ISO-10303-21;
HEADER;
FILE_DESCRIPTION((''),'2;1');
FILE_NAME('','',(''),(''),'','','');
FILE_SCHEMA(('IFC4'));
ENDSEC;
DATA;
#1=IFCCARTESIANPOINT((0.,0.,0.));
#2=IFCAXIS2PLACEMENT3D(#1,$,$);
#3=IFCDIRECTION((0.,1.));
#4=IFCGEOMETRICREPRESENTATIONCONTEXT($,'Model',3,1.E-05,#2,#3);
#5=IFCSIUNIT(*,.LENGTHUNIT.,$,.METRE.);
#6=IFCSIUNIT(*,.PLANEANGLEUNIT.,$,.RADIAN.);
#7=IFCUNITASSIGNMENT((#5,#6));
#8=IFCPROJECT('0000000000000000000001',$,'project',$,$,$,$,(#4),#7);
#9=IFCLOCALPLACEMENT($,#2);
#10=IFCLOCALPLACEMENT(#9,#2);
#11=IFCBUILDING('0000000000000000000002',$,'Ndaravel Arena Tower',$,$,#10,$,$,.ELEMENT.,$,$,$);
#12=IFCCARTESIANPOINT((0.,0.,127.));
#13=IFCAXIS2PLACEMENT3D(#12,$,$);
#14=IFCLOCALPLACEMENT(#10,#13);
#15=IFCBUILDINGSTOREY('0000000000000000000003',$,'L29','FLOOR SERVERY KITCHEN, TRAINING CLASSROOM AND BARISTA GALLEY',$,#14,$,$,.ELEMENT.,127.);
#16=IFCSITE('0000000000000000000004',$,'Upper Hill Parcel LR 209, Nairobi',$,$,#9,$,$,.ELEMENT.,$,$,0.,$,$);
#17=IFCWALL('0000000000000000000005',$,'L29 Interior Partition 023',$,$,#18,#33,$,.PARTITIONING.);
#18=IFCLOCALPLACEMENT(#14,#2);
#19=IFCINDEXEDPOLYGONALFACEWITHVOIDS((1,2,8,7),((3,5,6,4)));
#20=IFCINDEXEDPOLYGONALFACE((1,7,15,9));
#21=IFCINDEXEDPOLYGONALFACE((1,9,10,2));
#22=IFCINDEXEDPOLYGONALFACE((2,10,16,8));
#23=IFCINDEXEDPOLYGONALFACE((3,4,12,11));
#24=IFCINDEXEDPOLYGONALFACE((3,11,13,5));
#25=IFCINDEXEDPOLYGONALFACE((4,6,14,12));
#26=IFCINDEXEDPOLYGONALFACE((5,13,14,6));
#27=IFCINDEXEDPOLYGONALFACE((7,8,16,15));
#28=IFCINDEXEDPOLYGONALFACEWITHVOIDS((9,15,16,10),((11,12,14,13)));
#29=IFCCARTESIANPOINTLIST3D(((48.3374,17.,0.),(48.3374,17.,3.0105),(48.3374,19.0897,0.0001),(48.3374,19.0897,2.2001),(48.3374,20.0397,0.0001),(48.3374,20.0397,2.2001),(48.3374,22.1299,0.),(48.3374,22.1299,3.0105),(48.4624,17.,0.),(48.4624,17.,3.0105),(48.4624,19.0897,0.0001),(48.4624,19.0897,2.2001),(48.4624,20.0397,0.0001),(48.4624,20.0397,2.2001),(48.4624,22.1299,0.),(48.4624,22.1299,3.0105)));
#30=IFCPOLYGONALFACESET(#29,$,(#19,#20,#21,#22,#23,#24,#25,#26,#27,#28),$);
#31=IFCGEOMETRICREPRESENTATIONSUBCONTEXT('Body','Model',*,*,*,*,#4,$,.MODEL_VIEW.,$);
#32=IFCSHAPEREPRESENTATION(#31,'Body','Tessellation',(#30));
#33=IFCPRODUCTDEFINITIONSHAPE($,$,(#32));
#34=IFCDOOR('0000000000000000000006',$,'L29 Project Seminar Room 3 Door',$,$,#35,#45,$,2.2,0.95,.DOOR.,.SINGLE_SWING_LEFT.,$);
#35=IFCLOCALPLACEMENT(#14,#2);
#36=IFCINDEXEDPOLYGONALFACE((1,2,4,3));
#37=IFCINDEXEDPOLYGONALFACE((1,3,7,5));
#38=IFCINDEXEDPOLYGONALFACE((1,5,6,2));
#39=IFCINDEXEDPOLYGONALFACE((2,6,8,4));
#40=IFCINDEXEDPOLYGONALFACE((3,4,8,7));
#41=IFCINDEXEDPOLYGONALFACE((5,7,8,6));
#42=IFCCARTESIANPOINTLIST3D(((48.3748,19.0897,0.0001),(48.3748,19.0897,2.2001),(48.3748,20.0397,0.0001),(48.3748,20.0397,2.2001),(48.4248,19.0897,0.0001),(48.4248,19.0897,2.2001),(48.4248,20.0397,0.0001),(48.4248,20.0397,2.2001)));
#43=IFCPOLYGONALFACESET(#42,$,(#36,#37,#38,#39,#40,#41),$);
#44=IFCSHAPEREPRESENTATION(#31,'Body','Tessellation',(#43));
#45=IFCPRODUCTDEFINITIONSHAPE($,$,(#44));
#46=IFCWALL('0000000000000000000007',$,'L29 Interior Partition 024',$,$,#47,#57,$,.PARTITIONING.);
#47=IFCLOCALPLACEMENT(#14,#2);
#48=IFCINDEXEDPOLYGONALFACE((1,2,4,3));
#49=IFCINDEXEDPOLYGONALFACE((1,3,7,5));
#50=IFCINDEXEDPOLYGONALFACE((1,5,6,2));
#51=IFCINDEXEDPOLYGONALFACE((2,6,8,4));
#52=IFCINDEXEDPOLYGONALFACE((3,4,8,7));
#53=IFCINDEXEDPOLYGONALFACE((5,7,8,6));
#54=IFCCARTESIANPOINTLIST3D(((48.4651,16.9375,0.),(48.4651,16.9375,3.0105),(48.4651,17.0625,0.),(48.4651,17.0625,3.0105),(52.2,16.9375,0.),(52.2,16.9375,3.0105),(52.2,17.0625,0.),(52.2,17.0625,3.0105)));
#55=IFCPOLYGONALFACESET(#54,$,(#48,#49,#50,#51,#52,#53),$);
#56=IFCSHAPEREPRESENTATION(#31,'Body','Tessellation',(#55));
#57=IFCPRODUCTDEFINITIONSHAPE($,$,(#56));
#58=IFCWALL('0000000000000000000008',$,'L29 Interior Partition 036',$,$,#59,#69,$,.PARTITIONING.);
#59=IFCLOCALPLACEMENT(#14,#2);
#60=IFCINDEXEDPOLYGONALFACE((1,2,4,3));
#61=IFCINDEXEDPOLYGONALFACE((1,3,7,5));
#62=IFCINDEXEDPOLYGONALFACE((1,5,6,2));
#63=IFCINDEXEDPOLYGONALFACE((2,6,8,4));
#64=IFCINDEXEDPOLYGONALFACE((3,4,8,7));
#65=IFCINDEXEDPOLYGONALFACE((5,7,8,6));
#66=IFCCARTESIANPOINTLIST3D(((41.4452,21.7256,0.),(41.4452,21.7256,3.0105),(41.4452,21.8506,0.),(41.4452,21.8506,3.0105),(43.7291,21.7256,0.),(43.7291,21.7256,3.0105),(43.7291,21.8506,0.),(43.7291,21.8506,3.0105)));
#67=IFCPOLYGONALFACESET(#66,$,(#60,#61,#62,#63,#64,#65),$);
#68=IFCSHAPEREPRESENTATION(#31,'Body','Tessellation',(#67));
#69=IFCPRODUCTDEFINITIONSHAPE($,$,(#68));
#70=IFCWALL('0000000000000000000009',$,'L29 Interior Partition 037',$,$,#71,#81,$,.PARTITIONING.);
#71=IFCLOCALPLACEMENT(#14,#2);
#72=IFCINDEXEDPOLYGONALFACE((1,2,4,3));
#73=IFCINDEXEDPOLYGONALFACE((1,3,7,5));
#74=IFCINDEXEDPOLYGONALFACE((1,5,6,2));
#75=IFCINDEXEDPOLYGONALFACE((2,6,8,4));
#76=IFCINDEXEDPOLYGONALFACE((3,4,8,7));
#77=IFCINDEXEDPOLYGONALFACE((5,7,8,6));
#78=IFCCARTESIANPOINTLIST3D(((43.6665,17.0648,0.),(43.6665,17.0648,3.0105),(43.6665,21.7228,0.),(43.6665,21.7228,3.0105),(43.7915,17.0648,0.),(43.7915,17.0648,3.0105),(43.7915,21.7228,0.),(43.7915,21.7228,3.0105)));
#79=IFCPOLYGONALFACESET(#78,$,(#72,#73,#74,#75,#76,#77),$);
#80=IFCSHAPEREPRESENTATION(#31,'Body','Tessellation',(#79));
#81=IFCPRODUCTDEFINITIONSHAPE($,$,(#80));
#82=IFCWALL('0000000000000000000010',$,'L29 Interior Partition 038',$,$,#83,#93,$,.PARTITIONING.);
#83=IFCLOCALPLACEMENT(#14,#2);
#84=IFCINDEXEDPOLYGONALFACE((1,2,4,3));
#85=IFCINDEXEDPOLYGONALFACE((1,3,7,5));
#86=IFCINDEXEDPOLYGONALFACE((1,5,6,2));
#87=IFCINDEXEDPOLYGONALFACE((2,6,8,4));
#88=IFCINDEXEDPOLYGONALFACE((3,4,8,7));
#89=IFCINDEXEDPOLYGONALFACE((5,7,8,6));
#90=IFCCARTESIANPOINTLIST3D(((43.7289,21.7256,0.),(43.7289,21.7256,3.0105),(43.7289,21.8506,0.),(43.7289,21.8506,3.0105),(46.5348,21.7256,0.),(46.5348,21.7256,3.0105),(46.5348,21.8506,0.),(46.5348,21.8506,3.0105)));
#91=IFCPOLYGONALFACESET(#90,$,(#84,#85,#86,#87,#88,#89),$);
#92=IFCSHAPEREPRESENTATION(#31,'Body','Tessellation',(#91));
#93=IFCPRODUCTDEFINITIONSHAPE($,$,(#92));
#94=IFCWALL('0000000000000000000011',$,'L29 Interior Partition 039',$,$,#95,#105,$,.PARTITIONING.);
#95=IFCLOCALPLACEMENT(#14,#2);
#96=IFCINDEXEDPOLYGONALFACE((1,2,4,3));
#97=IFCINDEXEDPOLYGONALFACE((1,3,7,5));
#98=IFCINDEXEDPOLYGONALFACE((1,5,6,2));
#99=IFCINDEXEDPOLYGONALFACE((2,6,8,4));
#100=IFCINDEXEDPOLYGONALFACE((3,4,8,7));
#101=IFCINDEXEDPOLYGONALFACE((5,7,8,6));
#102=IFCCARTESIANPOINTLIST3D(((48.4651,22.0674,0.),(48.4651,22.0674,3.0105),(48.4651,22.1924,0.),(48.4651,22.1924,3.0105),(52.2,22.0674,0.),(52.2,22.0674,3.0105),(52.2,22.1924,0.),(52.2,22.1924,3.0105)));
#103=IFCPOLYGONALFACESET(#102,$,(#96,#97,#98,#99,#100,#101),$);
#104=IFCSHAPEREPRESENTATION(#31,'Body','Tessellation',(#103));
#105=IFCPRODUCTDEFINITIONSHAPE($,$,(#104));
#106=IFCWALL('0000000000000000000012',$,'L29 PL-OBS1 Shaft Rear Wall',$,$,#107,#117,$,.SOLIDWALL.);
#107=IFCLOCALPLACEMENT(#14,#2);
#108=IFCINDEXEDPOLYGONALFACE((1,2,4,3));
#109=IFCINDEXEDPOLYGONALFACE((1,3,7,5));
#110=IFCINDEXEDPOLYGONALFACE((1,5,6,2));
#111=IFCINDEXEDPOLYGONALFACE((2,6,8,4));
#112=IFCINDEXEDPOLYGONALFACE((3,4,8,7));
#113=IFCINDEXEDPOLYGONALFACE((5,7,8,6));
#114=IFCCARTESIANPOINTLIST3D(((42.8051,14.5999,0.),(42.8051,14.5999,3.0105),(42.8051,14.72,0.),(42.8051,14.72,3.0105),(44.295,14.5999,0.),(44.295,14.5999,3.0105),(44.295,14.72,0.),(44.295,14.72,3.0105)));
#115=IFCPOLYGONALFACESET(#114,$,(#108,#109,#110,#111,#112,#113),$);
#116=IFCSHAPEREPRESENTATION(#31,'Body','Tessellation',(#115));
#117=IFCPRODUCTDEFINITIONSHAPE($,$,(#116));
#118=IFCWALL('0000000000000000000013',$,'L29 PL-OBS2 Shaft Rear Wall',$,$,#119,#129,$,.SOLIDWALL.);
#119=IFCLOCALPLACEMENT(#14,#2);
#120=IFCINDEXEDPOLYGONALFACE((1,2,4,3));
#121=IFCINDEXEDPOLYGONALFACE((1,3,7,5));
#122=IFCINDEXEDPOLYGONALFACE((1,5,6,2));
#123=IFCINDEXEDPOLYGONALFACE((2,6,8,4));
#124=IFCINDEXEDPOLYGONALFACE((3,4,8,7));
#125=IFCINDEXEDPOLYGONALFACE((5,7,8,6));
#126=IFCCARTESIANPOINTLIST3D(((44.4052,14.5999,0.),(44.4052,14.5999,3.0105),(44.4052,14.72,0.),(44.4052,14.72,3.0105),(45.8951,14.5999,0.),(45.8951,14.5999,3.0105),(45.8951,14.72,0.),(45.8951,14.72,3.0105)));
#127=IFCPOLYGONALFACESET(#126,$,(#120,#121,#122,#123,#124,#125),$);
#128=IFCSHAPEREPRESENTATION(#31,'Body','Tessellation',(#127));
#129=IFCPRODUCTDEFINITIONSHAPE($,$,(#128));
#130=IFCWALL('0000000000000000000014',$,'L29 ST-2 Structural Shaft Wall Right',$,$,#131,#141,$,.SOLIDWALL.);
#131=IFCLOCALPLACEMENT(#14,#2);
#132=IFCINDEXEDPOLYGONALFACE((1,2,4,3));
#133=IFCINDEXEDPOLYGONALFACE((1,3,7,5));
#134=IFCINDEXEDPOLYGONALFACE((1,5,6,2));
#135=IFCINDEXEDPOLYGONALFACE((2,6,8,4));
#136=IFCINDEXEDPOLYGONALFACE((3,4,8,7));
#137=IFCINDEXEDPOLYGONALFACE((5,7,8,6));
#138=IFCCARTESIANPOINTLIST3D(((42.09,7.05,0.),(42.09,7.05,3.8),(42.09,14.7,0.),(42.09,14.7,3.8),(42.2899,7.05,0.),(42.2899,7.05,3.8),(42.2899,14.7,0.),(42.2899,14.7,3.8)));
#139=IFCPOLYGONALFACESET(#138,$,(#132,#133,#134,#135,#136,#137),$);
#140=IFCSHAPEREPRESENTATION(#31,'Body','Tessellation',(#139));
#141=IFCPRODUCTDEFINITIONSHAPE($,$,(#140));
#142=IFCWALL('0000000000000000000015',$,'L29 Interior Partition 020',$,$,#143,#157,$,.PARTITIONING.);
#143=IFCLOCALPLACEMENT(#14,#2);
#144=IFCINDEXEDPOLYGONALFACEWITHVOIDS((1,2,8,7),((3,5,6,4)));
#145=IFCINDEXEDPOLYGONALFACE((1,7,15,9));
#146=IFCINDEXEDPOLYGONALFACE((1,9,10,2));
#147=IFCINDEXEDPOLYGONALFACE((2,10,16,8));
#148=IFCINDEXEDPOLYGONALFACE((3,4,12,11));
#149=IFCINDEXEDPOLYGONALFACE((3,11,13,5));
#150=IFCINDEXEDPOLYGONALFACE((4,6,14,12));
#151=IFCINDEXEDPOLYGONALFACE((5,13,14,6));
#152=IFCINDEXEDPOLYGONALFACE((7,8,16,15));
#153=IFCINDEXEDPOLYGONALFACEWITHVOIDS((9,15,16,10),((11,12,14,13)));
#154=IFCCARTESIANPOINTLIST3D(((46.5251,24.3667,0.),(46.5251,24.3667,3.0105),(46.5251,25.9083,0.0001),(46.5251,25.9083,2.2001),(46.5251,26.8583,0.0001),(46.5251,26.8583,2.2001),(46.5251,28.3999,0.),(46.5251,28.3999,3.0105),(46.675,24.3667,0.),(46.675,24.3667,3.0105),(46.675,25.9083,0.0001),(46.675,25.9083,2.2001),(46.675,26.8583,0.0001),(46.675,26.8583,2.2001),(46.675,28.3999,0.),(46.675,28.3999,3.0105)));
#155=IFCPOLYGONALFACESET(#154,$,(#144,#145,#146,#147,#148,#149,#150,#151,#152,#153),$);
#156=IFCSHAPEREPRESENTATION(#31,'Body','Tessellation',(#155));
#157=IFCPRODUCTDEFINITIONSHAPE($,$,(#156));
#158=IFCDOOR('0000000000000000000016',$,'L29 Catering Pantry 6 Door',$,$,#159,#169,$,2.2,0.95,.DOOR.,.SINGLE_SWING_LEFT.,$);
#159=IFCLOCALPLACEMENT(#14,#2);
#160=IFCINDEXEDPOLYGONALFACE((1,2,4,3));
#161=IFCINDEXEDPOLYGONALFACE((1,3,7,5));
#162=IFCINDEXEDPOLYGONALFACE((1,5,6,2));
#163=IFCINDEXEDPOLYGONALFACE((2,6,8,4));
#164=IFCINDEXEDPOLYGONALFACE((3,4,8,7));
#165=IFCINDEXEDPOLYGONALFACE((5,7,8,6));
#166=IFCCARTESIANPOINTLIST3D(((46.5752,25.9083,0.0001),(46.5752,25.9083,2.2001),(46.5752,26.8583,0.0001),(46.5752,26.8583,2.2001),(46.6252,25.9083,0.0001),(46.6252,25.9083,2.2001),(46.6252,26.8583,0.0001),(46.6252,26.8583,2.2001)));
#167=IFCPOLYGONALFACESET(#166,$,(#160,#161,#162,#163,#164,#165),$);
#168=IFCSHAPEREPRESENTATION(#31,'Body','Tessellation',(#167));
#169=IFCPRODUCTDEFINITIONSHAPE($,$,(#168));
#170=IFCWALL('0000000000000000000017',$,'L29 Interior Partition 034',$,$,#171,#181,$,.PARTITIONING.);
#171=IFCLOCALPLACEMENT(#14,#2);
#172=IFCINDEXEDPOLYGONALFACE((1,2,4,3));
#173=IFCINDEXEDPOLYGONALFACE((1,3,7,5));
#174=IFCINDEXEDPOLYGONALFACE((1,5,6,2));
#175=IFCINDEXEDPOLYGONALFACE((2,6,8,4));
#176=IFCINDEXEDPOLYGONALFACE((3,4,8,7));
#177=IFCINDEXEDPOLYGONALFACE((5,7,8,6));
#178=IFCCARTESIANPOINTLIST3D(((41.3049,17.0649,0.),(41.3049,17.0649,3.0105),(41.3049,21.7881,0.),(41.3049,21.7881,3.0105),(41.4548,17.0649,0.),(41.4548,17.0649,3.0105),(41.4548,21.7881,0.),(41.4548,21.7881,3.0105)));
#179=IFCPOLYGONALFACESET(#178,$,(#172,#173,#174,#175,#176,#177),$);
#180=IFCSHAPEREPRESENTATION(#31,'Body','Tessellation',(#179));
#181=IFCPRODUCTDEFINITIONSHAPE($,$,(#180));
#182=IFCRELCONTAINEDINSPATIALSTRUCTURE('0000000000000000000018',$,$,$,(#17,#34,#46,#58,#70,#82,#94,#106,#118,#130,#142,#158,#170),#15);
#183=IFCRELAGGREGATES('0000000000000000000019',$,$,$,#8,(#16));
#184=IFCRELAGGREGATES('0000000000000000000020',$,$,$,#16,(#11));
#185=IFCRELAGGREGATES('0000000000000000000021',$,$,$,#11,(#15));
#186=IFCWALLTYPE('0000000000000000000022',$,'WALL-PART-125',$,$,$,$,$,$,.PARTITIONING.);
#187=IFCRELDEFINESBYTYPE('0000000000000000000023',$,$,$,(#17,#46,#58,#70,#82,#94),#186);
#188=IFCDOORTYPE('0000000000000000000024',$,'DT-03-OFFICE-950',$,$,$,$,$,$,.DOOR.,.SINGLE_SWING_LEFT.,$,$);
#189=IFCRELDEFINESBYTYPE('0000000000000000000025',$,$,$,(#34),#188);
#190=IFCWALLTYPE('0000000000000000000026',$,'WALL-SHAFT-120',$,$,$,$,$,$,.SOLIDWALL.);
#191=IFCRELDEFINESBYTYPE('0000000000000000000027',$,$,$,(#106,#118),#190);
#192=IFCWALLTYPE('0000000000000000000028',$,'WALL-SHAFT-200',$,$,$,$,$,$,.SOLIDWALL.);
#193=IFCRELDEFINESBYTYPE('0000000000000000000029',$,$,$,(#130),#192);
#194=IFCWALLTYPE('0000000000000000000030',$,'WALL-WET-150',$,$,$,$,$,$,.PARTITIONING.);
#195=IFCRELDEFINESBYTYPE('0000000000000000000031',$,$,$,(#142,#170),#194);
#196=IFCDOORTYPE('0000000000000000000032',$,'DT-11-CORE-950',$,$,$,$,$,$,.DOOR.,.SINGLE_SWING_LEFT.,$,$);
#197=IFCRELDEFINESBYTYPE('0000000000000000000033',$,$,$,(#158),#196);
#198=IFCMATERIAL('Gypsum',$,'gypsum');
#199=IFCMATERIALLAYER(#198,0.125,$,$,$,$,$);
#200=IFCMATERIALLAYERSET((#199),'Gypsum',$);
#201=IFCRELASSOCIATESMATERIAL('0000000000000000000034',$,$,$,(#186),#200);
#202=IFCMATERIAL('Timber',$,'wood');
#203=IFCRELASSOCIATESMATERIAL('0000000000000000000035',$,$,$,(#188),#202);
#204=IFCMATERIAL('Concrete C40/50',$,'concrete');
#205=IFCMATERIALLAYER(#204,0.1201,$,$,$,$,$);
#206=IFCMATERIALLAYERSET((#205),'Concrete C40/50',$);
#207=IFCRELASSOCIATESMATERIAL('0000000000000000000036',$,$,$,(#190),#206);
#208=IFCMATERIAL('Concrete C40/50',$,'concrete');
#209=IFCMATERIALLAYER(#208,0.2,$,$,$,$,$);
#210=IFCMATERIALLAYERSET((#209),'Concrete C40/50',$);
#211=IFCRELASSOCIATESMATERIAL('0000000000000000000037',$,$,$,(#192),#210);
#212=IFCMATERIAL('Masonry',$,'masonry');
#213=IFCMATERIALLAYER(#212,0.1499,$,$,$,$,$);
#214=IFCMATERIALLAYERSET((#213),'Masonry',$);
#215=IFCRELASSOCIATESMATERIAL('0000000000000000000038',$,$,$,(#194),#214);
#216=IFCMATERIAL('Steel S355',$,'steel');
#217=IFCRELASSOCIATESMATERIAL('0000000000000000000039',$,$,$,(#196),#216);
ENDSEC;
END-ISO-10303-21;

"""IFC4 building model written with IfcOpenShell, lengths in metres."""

from ifc_helpers import new_model, si_unit, direction, frame, frame_2d, origin, place, context, subcontext, project, spatial, rectangle, extrude, material, layer, layer_set, type_object, element, fill, save


model = new_model("IFC4")

# Units and contexts
model_context = context("Model", 3, precision=1e-05, world=origin(), true_north=direction((0.0, 1.0)))
body_context = subcontext(model_context, "Body", "Model", "MODEL_VIEW")
ifc_project = project(units=[si_unit("LENGTHUNIT", "METRE"), si_unit("PLANEANGLEUNIT", "RADIAN")], contexts=[model_context])

# Site, building, storey
site_placement = place(None, origin())
site = spatial("IfcSite", under=ifc_project, at=site_placement, Name="Upper Hill Parcel LR 209, Nairobi", CompositionType="ELEMENT", RefElevation=0.0)
building_placement = place(site_placement, origin())
building = spatial("IfcBuilding", under=site, at=building_placement, Name="Ndaravel Arena Tower", CompositionType="ELEMENT")
storey_placement = place(building_placement, frame((0.0, 0.0, 127.0)))
storey = spatial("IfcBuildingStorey", under=building, at=storey_placement, Name="L29", Description="FLOOR SERVERY KITCHEN, TRAINING CLASSROOM AND BARISTA GALLEY", CompositionType="ELEMENT", Elevation=127.0)

# Shared definitions
ifc_material_1 = material(Name="Gypsum", Category="gypsum")
ifc_layer_1 = layer(ifc_material_1, 0.125)
ifc_layer_set_1 = layer_set([ifc_layer_1], Name="Gypsum")
wall_type_1 = type_object("IfcWallType", Name="WALL-PART-125", PredefinedType="PARTITIONING", material=ifc_layer_set_1)

# Wall, opening, door
wall_1_placement = place(storey_placement, frame((48.3999, 22.1299, 0.0), z_axis=(0.0, 0.0, 1.0), x_axis=(0.0, -1.0, 0.0)))
wall_1 = element("IfcWall", 1, at=wall_1_placement, inside=storey, type_object=wall_type_1, Name="L29 Interior Partition 023", PredefinedType="PARTITIONING", context=body_context, shape_type="SweptSolid", body=[
    extrude(rectangle(XDim=5.1299, YDim=0.125, at=frame_2d((2.5649, 0.0))), origin(), (0.0, 0.0, 1.0), 3.0105),
])
opening_1_placement = place(wall_1_placement, frame((2.0901, 0.0, 0.0)))
opening_1 = element("IfcOpeningElement", 2, at=opening_1_placement, cuts=wall_1, PredefinedType="OPENING", context=body_context, shape_type="SweptSolid", body=[
    extrude(rectangle(XDim=0.95, YDim=2.2, at=frame_2d((0.4751, 1.1001))), frame((0.0, 0.0625, 0.0), z_axis=(0.0, -1.0, 0.0), x_axis=(1.0, 0.0, 0.0)), (0.0, 0.0, 1.0), 0.125),
])
ifc_material_2 = material(Name="Timber", Category="wood")
door_type_1 = type_object("IfcDoorType", Name="DT-03-OFFICE-950", OperationType="SINGLE_SWING_LEFT", PredefinedType="DOOR", material=ifc_material_2)
door_1_placement = place(opening_1_placement, origin())
door_1 = element("IfcDoor", 3, at=door_1_placement, inside=storey, type_object=door_type_1, Name="L29 Project Seminar Room 3 Door", OperationType="SINGLE_SWING_LEFT", OverallHeight=2.2, OverallWidth=0.95, PredefinedType="DOOR", context=body_context, shape_type="SweptSolid", body=[
    extrude(rectangle(XDim=0.95, YDim=2.2, at=frame_2d((0.4751, 1.1001))), frame((0.0, 0.0249, 0.0), z_axis=(0.0, -1.0, 0.0), x_axis=(1.0, 0.0, 0.0)), (0.0, 0.0, 1.0), 0.05),
])
fill(opening_1, door_1)

# Walls
wall_2_placement = place(storey_placement, frame((48.4651, 17.0, 0.0), z_axis=(0.0, 0.0, 1.0), x_axis=(1.0, 0.0, 0.0)))
element("IfcWall", 4, at=wall_2_placement, inside=storey, type_object=wall_type_1, Name="L29 Interior Partition 024", PredefinedType="PARTITIONING", context=body_context, shape_type="SweptSolid", body=[
    extrude(rectangle(XDim=3.7349, YDim=0.125, at=frame_2d((1.8674, 0.0))), origin(), (0.0, 0.0, 1.0), 3.0105),
])
wall_3_placement = place(storey_placement, frame((41.4451, 21.7881, 0.0), z_axis=(0.0, 0.0, 1.0), x_axis=(1.0, 0.0, 0.0)))
element("IfcWall", 5, at=wall_3_placement, inside=storey, type_object=wall_type_1, Name="L29 Interior Partition 036", PredefinedType="PARTITIONING", context=body_context, shape_type="SweptSolid", body=[
    extrude(rectangle(XDim=2.2839, YDim=0.125, at=frame_2d((1.1421, 0.0))), origin(), (0.0, 0.0, 1.0), 3.0105),
])
wall_4_placement = place(storey_placement, frame((43.729, 21.7229, 0.0), z_axis=(0.0, 0.0, 1.0), x_axis=(0.0, -1.0, 0.0)))
element("IfcWall", 6, at=wall_4_placement, inside=storey, type_object=wall_type_1, Name="L29 Interior Partition 037", PredefinedType="PARTITIONING", context=body_context, shape_type="SweptSolid", body=[
    extrude(rectangle(XDim=4.658, YDim=0.125, at=frame_2d((2.3291, 0.0))), origin(), (0.0, 0.0, 1.0), 3.0105),
])
wall_5_placement = place(storey_placement, frame((43.729, 21.7881, 0.0), z_axis=(0.0, 0.0, 1.0), x_axis=(1.0, 0.0, 0.0)))
element("IfcWall", 7, at=wall_5_placement, inside=storey, type_object=wall_type_1, Name="L29 Interior Partition 038", PredefinedType="PARTITIONING", context=body_context, shape_type="SweptSolid", body=[
    extrude(rectangle(XDim=2.8059, YDim=0.125, at=frame_2d((1.4028, 0.0))), origin(), (0.0, 0.0, 1.0), 3.0105),
])
wall_6_placement = place(storey_placement, frame((48.4651, 22.1299, 0.0), z_axis=(0.0, 0.0, 1.0), x_axis=(1.0, 0.0, 0.0)))
element("IfcWall", 8, at=wall_6_placement, inside=storey, type_object=wall_type_1, Name="L29 Interior Partition 039", PredefinedType="PARTITIONING", context=body_context, shape_type="SweptSolid", body=[
    extrude(rectangle(XDim=3.7349, YDim=0.125, at=frame_2d((1.8674, 0.0))), origin(), (0.0, 0.0, 1.0), 3.0105),
])
ifc_material_3 = material(Name="Concrete C40/50", Category="concrete")
ifc_layer_2 = layer(ifc_material_3, 0.1201)
ifc_layer_set_2 = layer_set([ifc_layer_2], Name="Concrete C40/50")
wall_type_2 = type_object("IfcWallType", Name="WALL-SHAFT-120", PredefinedType="SOLIDWALL", material=ifc_layer_set_2)
for number, where, z_axis, x_axis, name in (
    (9, (42.8049, 14.6599, 0.0), (0.0, 0.0, 1.0), (1.0, 0.0, 0.0), "L29 PL-OBS1 Shaft Rear Wall"),
    (10, (44.405, 14.6599, 0.0), (0.0, 0.0, 1.0), (1.0, 0.0, 0.0), "L29 PL-OBS2 Shaft Rear Wall"),
):
    element("IfcWall", number, at=place(storey_placement, frame(where, z_axis=z_axis, x_axis=x_axis)), inside=storey, type_object=wall_type_2, Name=name, PredefinedType="SOLIDWALL", context=body_context, shape_type="SweptSolid", body=[
        extrude(rectangle(XDim=1.49, YDim=0.1201, at=frame_2d((0.7451, 0.0))), origin(), (0.0, 0.0, 1.0), 3.0105),
    ])
ifc_material_4 = material(Name="Concrete C40/50", Category="concrete")
ifc_layer_3 = layer(ifc_material_4, 0.2)
ifc_layer_set_3 = layer_set([ifc_layer_3], Name="Concrete C40/50")
wall_type_3 = type_object("IfcWallType", Name="WALL-SHAFT-200", PredefinedType="SOLIDWALL", material=ifc_layer_set_3)
wall_7_placement = place(storey_placement, frame((42.1899, 14.7, 0.0), z_axis=(0.0, 0.0, 1.0), x_axis=(0.0, -1.0, 0.0)))
element("IfcWall", 11, at=wall_7_placement, inside=storey, type_object=wall_type_3, Name="L29 ST-2 Structural Shaft Wall Right", PredefinedType="SOLIDWALL", context=body_context, shape_type="SweptSolid", body=[
    extrude(rectangle(XDim=7.6499, YDim=0.2, at=frame_2d((3.825, 0.0))), origin(), (0.0, 0.0, 1.0), 3.8),
])

# Wall, opening, door
ifc_material_5 = material(Name="Masonry", Category="masonry")
ifc_layer_4 = layer(ifc_material_5, 0.1499)
ifc_layer_set_4 = layer_set([ifc_layer_4], Name="Masonry")
wall_type_4 = type_object("IfcWallType", Name="WALL-WET-150", PredefinedType="PARTITIONING", material=ifc_layer_set_4)
wall_8_placement = place(storey_placement, frame((46.6001, 24.3667, 0.0), z_axis=(0.0, 0.0, 1.0), x_axis=(0.0, 1.0, 0.0)))
wall_8 = element("IfcWall", 12, at=wall_8_placement, inside=storey, type_object=wall_type_4, Name="L29 Interior Partition 020", PredefinedType="PARTITIONING", context=body_context, shape_type="SweptSolid", body=[
    extrude(rectangle(XDim=4.0332, YDim=0.1499, at=frame_2d((2.0166, 0.0))), origin(), (0.0, 0.0, 1.0), 3.0105),
])
opening_2_placement = place(wall_8_placement, frame((1.5415, 0.0, 0.0)))
opening_2 = element("IfcOpeningElement", 13, at=opening_2_placement, cuts=wall_8, PredefinedType="OPENING", context=body_context, shape_type="SweptSolid", body=[
    extrude(rectangle(XDim=0.95, YDim=2.2, at=frame_2d((0.4751, 1.1001))), frame((0.0, 0.075, 0.0), z_axis=(0.0, -1.0, 0.0), x_axis=(1.0, 0.0, 0.0)), (0.0, 0.0, 1.0), 0.1499),
])
ifc_material_6 = material(Name="Steel S355", Category="steel")
door_type_2 = type_object("IfcDoorType", Name="DT-11-CORE-950", OperationType="SINGLE_SWING_LEFT", PredefinedType="DOOR", material=ifc_material_6)
door_2_placement = place(opening_2_placement, origin())
door_2 = element("IfcDoor", 14, at=door_2_placement, inside=storey, type_object=door_type_2, Name="L29 Catering Pantry 6 Door", OperationType="SINGLE_SWING_LEFT", OverallHeight=2.2, OverallWidth=0.95, PredefinedType="DOOR", context=body_context, shape_type="SweptSolid", body=[
    extrude(rectangle(XDim=0.95, YDim=2.2, at=frame_2d((0.4751, 1.1001))), frame((0.0, 0.0249, 0.0), z_axis=(0.0, -1.0, 0.0), x_axis=(1.0, 0.0, 0.0)), (0.0, 0.0, 1.0), 0.05),
])
fill(opening_2, door_2)

# Wall
wall_9_placement = place(storey_placement, frame((41.3799, 21.7881, 0.0), z_axis=(0.0, 0.0, 1.0), x_axis=(0.0, -1.0, 0.0)))
element("IfcWall", 15, at=wall_9_placement, inside=storey, type_object=wall_type_4, Name="L29 Interior Partition 034", PredefinedType="PARTITIONING", context=body_context, shape_type="SweptSolid", body=[
    extrude(rectangle(XDim=4.7231, YDim=0.1499, at=frame_2d((2.3616, 0.0))), origin(), (0.0, 0.0, 1.0), 3.0105),
])

save(model, "model.ifc")
